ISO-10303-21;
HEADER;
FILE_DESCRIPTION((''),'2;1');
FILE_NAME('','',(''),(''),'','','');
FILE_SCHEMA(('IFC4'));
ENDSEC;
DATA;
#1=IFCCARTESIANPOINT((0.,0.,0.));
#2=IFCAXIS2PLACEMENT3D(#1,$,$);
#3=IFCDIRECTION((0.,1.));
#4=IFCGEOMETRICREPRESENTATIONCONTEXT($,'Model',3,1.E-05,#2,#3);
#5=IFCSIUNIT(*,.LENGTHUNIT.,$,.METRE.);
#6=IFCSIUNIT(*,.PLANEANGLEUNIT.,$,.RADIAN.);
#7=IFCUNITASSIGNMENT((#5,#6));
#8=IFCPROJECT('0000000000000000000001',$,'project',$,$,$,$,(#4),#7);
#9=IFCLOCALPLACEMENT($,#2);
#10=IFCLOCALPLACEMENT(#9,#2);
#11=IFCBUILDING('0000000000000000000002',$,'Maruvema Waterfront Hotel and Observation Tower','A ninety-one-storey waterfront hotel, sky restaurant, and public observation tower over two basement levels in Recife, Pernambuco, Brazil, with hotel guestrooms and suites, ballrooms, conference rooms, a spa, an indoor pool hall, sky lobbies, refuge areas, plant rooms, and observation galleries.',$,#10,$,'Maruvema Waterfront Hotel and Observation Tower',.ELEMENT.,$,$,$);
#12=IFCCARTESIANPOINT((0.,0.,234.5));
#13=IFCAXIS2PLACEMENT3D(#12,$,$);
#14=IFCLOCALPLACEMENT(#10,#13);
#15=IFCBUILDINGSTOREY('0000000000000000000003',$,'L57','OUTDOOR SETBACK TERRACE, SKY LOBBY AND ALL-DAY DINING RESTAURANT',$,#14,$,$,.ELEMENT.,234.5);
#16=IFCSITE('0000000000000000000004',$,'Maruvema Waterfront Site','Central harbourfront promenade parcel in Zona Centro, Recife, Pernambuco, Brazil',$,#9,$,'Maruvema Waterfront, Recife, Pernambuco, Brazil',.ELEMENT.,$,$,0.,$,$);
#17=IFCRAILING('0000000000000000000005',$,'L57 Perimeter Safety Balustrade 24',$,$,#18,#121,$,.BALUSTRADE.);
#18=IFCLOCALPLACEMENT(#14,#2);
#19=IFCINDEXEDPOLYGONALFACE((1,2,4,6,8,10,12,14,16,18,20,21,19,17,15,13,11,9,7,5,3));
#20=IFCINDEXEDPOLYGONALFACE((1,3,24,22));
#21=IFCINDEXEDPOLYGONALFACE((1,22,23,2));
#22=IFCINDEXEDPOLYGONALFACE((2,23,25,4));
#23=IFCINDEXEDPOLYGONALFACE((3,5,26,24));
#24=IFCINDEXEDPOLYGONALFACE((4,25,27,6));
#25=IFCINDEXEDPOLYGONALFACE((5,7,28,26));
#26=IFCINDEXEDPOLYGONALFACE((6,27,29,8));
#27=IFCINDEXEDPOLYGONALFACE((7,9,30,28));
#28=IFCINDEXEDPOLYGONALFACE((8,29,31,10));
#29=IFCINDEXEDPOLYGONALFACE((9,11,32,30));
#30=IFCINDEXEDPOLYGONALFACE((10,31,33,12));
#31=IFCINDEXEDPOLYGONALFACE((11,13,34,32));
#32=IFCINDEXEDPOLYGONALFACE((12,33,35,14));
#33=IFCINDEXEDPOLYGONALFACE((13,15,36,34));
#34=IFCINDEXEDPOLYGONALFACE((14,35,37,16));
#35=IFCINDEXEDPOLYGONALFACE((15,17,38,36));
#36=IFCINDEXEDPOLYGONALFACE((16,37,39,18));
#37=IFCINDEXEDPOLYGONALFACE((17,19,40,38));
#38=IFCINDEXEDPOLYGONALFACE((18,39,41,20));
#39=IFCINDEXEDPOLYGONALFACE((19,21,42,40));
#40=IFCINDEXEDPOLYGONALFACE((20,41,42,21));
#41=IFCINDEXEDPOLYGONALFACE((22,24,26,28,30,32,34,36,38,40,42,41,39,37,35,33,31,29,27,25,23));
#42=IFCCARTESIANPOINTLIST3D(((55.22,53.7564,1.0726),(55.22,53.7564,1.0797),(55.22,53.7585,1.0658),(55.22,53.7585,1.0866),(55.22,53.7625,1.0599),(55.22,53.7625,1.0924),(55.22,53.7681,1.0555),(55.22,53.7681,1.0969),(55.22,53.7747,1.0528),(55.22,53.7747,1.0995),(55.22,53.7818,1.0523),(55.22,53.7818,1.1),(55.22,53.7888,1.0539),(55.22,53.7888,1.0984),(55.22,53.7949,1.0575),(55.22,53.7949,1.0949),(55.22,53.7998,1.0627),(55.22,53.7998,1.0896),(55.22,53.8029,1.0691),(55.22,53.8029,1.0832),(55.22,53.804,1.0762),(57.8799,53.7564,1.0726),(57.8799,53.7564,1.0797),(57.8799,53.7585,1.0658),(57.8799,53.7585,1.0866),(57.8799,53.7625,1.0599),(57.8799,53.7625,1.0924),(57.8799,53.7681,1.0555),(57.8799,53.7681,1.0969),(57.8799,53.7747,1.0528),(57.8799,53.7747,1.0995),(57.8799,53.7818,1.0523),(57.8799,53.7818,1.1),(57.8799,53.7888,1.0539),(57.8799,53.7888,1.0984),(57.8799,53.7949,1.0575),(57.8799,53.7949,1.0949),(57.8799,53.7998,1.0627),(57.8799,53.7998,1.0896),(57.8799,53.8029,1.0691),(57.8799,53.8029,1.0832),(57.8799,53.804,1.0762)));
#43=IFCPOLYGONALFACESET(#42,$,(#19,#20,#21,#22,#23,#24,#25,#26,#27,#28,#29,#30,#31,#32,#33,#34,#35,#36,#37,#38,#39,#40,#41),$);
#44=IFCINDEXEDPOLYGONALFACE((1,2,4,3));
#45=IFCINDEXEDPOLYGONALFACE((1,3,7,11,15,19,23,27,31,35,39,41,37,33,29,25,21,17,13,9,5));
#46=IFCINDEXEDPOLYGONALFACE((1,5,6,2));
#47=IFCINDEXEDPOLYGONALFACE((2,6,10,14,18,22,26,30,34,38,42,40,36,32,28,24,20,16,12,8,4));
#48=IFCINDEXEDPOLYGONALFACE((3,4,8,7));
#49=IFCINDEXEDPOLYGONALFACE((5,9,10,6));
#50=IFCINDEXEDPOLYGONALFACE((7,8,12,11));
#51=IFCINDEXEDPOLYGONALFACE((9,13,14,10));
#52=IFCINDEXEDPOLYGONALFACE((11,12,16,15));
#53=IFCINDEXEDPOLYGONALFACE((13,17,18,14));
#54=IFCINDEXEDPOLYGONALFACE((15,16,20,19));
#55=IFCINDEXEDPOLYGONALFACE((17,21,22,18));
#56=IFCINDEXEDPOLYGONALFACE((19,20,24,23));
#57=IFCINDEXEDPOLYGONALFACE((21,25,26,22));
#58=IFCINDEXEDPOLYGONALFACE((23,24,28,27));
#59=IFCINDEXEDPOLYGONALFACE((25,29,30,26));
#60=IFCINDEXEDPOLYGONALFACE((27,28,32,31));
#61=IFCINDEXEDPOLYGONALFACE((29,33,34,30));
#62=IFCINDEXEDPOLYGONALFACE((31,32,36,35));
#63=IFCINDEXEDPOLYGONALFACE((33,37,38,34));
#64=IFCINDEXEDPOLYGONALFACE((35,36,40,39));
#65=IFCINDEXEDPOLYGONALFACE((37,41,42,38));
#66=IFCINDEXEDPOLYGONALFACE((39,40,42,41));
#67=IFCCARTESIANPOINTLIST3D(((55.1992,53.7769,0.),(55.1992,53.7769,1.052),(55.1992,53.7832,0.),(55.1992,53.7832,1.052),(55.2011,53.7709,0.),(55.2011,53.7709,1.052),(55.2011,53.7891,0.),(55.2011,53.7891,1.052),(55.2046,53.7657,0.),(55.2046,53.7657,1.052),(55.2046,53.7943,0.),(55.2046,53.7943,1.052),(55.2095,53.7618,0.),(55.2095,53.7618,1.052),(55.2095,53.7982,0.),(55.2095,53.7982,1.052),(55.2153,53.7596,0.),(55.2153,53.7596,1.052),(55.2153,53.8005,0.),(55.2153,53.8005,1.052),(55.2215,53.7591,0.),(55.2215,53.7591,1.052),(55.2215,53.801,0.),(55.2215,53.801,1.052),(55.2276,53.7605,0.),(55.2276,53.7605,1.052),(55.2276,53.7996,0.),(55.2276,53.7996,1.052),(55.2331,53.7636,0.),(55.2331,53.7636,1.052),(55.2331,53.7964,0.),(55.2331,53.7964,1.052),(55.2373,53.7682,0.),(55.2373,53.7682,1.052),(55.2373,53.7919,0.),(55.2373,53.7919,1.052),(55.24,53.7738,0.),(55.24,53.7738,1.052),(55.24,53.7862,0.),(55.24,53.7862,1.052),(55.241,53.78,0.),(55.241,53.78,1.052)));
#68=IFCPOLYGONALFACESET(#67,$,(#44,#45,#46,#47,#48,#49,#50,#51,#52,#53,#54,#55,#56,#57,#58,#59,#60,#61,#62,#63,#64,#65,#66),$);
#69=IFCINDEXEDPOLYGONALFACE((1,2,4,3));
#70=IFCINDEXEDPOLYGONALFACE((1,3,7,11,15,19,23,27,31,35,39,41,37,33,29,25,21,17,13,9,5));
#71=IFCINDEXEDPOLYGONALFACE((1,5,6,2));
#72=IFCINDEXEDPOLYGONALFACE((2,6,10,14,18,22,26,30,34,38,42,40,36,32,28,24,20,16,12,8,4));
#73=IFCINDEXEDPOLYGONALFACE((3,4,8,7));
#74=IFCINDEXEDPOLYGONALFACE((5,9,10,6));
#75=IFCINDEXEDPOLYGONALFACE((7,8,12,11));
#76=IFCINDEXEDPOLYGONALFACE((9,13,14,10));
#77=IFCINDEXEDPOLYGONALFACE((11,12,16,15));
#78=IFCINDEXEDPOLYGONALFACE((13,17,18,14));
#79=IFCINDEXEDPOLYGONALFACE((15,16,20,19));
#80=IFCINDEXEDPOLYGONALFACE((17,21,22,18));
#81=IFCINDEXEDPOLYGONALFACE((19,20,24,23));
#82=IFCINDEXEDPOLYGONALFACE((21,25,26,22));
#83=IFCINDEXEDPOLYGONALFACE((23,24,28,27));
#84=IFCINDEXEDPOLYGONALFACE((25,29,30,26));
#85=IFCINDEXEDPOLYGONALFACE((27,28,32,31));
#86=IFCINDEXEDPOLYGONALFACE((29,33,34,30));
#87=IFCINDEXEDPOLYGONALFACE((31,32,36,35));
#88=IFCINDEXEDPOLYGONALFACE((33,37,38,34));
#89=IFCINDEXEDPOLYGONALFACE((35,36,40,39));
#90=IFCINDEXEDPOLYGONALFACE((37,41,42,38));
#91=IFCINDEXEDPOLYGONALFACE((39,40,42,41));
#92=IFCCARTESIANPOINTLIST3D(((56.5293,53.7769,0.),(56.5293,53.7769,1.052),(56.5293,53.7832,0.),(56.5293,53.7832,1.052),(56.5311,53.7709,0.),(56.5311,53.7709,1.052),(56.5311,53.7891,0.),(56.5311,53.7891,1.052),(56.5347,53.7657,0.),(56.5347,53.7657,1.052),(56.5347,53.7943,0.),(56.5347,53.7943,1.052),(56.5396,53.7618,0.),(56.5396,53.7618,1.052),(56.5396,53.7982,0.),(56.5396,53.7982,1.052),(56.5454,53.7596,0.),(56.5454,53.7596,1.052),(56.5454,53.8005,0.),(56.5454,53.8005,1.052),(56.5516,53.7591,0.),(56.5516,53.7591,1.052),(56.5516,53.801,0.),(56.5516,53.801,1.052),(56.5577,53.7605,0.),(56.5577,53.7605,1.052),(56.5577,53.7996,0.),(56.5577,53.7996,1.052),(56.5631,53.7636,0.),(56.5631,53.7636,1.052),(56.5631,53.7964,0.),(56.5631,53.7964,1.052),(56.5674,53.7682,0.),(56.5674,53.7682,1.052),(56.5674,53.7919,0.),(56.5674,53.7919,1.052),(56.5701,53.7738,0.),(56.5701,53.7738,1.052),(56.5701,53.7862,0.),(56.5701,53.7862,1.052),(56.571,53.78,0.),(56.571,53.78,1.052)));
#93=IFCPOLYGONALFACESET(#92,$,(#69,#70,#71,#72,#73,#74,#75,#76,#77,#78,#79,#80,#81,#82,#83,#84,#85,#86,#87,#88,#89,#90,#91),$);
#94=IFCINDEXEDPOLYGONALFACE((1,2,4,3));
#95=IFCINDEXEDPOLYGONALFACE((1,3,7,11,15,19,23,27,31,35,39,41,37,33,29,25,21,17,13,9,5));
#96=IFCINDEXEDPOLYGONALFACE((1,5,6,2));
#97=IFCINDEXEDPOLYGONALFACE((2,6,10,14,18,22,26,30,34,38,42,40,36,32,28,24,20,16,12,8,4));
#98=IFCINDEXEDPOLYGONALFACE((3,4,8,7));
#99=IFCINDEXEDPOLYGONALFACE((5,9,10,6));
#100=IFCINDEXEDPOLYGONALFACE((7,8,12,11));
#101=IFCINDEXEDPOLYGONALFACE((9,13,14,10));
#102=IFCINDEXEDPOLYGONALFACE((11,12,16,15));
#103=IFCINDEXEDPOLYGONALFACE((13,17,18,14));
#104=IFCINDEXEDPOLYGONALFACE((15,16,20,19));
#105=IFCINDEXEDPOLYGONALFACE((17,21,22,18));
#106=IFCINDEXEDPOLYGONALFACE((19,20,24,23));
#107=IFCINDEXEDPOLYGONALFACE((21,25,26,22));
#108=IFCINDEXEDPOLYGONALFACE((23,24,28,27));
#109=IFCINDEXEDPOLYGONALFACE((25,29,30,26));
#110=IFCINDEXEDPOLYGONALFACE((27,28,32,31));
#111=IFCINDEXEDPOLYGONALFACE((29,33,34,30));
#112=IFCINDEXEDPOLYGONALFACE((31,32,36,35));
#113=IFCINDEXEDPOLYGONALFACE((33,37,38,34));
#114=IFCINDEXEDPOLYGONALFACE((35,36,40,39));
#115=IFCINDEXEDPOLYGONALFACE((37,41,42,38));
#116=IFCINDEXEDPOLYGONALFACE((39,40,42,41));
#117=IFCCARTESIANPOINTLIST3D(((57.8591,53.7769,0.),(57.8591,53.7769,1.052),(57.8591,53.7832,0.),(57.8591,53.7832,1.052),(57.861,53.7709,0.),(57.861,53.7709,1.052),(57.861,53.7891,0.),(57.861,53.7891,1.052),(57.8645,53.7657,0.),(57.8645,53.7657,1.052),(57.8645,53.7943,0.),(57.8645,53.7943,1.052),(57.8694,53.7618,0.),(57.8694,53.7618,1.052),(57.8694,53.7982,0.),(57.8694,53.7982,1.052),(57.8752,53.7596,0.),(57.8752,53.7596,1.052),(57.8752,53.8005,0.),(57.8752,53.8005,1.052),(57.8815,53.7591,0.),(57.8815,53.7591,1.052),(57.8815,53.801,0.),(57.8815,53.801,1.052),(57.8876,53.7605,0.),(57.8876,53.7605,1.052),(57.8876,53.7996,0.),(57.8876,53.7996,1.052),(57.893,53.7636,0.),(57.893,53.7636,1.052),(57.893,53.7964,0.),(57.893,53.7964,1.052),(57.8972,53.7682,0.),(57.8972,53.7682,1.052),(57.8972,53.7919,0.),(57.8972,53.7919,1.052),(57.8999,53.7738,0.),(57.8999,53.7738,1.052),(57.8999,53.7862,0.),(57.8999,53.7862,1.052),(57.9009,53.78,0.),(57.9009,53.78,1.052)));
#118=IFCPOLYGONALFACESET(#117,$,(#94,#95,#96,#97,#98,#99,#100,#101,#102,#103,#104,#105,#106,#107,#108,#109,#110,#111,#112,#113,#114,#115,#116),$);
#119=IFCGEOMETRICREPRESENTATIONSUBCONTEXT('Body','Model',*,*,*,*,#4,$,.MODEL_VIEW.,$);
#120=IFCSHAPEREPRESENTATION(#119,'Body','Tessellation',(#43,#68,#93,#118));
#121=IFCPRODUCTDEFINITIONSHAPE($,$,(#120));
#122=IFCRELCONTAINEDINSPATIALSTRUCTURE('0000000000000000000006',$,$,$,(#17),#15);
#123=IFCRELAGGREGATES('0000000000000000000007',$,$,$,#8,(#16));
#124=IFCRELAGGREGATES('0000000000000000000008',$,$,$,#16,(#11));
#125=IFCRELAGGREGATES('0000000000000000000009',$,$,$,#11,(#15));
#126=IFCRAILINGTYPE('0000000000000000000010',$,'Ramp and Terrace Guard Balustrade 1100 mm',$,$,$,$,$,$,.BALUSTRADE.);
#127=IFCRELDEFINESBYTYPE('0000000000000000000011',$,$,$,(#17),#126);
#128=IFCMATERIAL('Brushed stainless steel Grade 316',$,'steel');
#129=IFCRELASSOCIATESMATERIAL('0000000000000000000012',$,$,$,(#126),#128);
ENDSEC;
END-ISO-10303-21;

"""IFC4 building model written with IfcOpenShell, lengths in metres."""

from ifc_helpers import new_model, si_unit, direction, frame, origin, origin_2d, place, context, subcontext, project, spatial, circle, extrude, material, type_object, element, save


model = new_model("IFC4")

# Units and contexts
model_context = context("Model", 3, precision=1e-05, world=origin(), true_north=direction((0.0, 1.0)))
body_context = subcontext(model_context, "Body", "Model", "MODEL_VIEW")
ifc_project = project(units=[si_unit("LENGTHUNIT", "METRE"), si_unit("PLANEANGLEUNIT", "RADIAN")], contexts=[model_context])

# Site, building, storey
site_placement = place(None, origin())
site = spatial("IfcSite", under=ifc_project, at=site_placement, Name="Maruvema Waterfront Site", Description="Central harbourfront promenade parcel in Zona Centro, Recife, Pernambuco, Brazil", LongName="Maruvema Waterfront, Recife, Pernambuco, Brazil", CompositionType="ELEMENT", RefElevation=0.0)
building_placement = place(site_placement, origin())
building = spatial("IfcBuilding", under=site, at=building_placement, Name="Maruvema Waterfront Hotel and Observation Tower", Description="A ninety-one-storey waterfront hotel, sky restaurant, and public observation tower over two basement levels in Recife, Pernambuco, Brazil, with hotel guestrooms and suites, ballrooms, conference rooms, a spa, an indoor pool hall, sky lobbies, refuge areas, plant rooms, and observation galleries.", LongName="Maruvema Waterfront Hotel and Observation Tower", CompositionType="ELEMENT")
storey_placement = place(building_placement, frame((0.0, 0.0, 234.5)))
storey = spatial("IfcBuildingStorey", under=building, at=storey_placement, Name="L57", Description="OUTDOOR SETBACK TERRACE, SKY LOBBY AND ALL-DAY DINING RESTAURANT", CompositionType="ELEMENT", Elevation=234.5)

# Railing
ifc_material_1 = material(Name="Brushed stainless steel Grade 316", Category="steel")
railing_type_1 = type_object("IfcRailingType", Name="Ramp and Terrace Guard Balustrade 1100 mm", PredefinedType="BALUSTRADE", material=ifc_material_1)
railing_1_placement = place(storey_placement, frame((55.22, 53.78, 0.0)))
element("IfcRailing", 1, at=railing_1_placement, inside=storey, type_object=railing_type_1, Name="L57 Perimeter Safety Balustrade 24", PredefinedType="BALUSTRADE", context=body_context, shape_type="SweptSolid", body=[
    extrude(circle(Radius=0.0239, at=origin_2d()), frame((0.0, 0.0, 1.0762), z_axis=(1.0, 0.0, 0.0), x_axis=(0.0, 1.0, 0.0)), (0.0, 0.0, 1.0), 2.6599),
    extrude(circle(Radius=0.021, at=origin_2d()), origin(), (0.0, 0.0, 1.0), 1.052),
    extrude(circle(Radius=0.021, at=origin_2d()), frame((1.3301, 0.0, 0.0)), (0.0, 0.0, 1.0), 1.052),
    extrude(circle(Radius=0.021, at=origin_2d()), frame((2.6599, 0.0, 0.0)), (0.0, 0.0, 1.0), 1.052),
])

save(model, "model.ifc")
